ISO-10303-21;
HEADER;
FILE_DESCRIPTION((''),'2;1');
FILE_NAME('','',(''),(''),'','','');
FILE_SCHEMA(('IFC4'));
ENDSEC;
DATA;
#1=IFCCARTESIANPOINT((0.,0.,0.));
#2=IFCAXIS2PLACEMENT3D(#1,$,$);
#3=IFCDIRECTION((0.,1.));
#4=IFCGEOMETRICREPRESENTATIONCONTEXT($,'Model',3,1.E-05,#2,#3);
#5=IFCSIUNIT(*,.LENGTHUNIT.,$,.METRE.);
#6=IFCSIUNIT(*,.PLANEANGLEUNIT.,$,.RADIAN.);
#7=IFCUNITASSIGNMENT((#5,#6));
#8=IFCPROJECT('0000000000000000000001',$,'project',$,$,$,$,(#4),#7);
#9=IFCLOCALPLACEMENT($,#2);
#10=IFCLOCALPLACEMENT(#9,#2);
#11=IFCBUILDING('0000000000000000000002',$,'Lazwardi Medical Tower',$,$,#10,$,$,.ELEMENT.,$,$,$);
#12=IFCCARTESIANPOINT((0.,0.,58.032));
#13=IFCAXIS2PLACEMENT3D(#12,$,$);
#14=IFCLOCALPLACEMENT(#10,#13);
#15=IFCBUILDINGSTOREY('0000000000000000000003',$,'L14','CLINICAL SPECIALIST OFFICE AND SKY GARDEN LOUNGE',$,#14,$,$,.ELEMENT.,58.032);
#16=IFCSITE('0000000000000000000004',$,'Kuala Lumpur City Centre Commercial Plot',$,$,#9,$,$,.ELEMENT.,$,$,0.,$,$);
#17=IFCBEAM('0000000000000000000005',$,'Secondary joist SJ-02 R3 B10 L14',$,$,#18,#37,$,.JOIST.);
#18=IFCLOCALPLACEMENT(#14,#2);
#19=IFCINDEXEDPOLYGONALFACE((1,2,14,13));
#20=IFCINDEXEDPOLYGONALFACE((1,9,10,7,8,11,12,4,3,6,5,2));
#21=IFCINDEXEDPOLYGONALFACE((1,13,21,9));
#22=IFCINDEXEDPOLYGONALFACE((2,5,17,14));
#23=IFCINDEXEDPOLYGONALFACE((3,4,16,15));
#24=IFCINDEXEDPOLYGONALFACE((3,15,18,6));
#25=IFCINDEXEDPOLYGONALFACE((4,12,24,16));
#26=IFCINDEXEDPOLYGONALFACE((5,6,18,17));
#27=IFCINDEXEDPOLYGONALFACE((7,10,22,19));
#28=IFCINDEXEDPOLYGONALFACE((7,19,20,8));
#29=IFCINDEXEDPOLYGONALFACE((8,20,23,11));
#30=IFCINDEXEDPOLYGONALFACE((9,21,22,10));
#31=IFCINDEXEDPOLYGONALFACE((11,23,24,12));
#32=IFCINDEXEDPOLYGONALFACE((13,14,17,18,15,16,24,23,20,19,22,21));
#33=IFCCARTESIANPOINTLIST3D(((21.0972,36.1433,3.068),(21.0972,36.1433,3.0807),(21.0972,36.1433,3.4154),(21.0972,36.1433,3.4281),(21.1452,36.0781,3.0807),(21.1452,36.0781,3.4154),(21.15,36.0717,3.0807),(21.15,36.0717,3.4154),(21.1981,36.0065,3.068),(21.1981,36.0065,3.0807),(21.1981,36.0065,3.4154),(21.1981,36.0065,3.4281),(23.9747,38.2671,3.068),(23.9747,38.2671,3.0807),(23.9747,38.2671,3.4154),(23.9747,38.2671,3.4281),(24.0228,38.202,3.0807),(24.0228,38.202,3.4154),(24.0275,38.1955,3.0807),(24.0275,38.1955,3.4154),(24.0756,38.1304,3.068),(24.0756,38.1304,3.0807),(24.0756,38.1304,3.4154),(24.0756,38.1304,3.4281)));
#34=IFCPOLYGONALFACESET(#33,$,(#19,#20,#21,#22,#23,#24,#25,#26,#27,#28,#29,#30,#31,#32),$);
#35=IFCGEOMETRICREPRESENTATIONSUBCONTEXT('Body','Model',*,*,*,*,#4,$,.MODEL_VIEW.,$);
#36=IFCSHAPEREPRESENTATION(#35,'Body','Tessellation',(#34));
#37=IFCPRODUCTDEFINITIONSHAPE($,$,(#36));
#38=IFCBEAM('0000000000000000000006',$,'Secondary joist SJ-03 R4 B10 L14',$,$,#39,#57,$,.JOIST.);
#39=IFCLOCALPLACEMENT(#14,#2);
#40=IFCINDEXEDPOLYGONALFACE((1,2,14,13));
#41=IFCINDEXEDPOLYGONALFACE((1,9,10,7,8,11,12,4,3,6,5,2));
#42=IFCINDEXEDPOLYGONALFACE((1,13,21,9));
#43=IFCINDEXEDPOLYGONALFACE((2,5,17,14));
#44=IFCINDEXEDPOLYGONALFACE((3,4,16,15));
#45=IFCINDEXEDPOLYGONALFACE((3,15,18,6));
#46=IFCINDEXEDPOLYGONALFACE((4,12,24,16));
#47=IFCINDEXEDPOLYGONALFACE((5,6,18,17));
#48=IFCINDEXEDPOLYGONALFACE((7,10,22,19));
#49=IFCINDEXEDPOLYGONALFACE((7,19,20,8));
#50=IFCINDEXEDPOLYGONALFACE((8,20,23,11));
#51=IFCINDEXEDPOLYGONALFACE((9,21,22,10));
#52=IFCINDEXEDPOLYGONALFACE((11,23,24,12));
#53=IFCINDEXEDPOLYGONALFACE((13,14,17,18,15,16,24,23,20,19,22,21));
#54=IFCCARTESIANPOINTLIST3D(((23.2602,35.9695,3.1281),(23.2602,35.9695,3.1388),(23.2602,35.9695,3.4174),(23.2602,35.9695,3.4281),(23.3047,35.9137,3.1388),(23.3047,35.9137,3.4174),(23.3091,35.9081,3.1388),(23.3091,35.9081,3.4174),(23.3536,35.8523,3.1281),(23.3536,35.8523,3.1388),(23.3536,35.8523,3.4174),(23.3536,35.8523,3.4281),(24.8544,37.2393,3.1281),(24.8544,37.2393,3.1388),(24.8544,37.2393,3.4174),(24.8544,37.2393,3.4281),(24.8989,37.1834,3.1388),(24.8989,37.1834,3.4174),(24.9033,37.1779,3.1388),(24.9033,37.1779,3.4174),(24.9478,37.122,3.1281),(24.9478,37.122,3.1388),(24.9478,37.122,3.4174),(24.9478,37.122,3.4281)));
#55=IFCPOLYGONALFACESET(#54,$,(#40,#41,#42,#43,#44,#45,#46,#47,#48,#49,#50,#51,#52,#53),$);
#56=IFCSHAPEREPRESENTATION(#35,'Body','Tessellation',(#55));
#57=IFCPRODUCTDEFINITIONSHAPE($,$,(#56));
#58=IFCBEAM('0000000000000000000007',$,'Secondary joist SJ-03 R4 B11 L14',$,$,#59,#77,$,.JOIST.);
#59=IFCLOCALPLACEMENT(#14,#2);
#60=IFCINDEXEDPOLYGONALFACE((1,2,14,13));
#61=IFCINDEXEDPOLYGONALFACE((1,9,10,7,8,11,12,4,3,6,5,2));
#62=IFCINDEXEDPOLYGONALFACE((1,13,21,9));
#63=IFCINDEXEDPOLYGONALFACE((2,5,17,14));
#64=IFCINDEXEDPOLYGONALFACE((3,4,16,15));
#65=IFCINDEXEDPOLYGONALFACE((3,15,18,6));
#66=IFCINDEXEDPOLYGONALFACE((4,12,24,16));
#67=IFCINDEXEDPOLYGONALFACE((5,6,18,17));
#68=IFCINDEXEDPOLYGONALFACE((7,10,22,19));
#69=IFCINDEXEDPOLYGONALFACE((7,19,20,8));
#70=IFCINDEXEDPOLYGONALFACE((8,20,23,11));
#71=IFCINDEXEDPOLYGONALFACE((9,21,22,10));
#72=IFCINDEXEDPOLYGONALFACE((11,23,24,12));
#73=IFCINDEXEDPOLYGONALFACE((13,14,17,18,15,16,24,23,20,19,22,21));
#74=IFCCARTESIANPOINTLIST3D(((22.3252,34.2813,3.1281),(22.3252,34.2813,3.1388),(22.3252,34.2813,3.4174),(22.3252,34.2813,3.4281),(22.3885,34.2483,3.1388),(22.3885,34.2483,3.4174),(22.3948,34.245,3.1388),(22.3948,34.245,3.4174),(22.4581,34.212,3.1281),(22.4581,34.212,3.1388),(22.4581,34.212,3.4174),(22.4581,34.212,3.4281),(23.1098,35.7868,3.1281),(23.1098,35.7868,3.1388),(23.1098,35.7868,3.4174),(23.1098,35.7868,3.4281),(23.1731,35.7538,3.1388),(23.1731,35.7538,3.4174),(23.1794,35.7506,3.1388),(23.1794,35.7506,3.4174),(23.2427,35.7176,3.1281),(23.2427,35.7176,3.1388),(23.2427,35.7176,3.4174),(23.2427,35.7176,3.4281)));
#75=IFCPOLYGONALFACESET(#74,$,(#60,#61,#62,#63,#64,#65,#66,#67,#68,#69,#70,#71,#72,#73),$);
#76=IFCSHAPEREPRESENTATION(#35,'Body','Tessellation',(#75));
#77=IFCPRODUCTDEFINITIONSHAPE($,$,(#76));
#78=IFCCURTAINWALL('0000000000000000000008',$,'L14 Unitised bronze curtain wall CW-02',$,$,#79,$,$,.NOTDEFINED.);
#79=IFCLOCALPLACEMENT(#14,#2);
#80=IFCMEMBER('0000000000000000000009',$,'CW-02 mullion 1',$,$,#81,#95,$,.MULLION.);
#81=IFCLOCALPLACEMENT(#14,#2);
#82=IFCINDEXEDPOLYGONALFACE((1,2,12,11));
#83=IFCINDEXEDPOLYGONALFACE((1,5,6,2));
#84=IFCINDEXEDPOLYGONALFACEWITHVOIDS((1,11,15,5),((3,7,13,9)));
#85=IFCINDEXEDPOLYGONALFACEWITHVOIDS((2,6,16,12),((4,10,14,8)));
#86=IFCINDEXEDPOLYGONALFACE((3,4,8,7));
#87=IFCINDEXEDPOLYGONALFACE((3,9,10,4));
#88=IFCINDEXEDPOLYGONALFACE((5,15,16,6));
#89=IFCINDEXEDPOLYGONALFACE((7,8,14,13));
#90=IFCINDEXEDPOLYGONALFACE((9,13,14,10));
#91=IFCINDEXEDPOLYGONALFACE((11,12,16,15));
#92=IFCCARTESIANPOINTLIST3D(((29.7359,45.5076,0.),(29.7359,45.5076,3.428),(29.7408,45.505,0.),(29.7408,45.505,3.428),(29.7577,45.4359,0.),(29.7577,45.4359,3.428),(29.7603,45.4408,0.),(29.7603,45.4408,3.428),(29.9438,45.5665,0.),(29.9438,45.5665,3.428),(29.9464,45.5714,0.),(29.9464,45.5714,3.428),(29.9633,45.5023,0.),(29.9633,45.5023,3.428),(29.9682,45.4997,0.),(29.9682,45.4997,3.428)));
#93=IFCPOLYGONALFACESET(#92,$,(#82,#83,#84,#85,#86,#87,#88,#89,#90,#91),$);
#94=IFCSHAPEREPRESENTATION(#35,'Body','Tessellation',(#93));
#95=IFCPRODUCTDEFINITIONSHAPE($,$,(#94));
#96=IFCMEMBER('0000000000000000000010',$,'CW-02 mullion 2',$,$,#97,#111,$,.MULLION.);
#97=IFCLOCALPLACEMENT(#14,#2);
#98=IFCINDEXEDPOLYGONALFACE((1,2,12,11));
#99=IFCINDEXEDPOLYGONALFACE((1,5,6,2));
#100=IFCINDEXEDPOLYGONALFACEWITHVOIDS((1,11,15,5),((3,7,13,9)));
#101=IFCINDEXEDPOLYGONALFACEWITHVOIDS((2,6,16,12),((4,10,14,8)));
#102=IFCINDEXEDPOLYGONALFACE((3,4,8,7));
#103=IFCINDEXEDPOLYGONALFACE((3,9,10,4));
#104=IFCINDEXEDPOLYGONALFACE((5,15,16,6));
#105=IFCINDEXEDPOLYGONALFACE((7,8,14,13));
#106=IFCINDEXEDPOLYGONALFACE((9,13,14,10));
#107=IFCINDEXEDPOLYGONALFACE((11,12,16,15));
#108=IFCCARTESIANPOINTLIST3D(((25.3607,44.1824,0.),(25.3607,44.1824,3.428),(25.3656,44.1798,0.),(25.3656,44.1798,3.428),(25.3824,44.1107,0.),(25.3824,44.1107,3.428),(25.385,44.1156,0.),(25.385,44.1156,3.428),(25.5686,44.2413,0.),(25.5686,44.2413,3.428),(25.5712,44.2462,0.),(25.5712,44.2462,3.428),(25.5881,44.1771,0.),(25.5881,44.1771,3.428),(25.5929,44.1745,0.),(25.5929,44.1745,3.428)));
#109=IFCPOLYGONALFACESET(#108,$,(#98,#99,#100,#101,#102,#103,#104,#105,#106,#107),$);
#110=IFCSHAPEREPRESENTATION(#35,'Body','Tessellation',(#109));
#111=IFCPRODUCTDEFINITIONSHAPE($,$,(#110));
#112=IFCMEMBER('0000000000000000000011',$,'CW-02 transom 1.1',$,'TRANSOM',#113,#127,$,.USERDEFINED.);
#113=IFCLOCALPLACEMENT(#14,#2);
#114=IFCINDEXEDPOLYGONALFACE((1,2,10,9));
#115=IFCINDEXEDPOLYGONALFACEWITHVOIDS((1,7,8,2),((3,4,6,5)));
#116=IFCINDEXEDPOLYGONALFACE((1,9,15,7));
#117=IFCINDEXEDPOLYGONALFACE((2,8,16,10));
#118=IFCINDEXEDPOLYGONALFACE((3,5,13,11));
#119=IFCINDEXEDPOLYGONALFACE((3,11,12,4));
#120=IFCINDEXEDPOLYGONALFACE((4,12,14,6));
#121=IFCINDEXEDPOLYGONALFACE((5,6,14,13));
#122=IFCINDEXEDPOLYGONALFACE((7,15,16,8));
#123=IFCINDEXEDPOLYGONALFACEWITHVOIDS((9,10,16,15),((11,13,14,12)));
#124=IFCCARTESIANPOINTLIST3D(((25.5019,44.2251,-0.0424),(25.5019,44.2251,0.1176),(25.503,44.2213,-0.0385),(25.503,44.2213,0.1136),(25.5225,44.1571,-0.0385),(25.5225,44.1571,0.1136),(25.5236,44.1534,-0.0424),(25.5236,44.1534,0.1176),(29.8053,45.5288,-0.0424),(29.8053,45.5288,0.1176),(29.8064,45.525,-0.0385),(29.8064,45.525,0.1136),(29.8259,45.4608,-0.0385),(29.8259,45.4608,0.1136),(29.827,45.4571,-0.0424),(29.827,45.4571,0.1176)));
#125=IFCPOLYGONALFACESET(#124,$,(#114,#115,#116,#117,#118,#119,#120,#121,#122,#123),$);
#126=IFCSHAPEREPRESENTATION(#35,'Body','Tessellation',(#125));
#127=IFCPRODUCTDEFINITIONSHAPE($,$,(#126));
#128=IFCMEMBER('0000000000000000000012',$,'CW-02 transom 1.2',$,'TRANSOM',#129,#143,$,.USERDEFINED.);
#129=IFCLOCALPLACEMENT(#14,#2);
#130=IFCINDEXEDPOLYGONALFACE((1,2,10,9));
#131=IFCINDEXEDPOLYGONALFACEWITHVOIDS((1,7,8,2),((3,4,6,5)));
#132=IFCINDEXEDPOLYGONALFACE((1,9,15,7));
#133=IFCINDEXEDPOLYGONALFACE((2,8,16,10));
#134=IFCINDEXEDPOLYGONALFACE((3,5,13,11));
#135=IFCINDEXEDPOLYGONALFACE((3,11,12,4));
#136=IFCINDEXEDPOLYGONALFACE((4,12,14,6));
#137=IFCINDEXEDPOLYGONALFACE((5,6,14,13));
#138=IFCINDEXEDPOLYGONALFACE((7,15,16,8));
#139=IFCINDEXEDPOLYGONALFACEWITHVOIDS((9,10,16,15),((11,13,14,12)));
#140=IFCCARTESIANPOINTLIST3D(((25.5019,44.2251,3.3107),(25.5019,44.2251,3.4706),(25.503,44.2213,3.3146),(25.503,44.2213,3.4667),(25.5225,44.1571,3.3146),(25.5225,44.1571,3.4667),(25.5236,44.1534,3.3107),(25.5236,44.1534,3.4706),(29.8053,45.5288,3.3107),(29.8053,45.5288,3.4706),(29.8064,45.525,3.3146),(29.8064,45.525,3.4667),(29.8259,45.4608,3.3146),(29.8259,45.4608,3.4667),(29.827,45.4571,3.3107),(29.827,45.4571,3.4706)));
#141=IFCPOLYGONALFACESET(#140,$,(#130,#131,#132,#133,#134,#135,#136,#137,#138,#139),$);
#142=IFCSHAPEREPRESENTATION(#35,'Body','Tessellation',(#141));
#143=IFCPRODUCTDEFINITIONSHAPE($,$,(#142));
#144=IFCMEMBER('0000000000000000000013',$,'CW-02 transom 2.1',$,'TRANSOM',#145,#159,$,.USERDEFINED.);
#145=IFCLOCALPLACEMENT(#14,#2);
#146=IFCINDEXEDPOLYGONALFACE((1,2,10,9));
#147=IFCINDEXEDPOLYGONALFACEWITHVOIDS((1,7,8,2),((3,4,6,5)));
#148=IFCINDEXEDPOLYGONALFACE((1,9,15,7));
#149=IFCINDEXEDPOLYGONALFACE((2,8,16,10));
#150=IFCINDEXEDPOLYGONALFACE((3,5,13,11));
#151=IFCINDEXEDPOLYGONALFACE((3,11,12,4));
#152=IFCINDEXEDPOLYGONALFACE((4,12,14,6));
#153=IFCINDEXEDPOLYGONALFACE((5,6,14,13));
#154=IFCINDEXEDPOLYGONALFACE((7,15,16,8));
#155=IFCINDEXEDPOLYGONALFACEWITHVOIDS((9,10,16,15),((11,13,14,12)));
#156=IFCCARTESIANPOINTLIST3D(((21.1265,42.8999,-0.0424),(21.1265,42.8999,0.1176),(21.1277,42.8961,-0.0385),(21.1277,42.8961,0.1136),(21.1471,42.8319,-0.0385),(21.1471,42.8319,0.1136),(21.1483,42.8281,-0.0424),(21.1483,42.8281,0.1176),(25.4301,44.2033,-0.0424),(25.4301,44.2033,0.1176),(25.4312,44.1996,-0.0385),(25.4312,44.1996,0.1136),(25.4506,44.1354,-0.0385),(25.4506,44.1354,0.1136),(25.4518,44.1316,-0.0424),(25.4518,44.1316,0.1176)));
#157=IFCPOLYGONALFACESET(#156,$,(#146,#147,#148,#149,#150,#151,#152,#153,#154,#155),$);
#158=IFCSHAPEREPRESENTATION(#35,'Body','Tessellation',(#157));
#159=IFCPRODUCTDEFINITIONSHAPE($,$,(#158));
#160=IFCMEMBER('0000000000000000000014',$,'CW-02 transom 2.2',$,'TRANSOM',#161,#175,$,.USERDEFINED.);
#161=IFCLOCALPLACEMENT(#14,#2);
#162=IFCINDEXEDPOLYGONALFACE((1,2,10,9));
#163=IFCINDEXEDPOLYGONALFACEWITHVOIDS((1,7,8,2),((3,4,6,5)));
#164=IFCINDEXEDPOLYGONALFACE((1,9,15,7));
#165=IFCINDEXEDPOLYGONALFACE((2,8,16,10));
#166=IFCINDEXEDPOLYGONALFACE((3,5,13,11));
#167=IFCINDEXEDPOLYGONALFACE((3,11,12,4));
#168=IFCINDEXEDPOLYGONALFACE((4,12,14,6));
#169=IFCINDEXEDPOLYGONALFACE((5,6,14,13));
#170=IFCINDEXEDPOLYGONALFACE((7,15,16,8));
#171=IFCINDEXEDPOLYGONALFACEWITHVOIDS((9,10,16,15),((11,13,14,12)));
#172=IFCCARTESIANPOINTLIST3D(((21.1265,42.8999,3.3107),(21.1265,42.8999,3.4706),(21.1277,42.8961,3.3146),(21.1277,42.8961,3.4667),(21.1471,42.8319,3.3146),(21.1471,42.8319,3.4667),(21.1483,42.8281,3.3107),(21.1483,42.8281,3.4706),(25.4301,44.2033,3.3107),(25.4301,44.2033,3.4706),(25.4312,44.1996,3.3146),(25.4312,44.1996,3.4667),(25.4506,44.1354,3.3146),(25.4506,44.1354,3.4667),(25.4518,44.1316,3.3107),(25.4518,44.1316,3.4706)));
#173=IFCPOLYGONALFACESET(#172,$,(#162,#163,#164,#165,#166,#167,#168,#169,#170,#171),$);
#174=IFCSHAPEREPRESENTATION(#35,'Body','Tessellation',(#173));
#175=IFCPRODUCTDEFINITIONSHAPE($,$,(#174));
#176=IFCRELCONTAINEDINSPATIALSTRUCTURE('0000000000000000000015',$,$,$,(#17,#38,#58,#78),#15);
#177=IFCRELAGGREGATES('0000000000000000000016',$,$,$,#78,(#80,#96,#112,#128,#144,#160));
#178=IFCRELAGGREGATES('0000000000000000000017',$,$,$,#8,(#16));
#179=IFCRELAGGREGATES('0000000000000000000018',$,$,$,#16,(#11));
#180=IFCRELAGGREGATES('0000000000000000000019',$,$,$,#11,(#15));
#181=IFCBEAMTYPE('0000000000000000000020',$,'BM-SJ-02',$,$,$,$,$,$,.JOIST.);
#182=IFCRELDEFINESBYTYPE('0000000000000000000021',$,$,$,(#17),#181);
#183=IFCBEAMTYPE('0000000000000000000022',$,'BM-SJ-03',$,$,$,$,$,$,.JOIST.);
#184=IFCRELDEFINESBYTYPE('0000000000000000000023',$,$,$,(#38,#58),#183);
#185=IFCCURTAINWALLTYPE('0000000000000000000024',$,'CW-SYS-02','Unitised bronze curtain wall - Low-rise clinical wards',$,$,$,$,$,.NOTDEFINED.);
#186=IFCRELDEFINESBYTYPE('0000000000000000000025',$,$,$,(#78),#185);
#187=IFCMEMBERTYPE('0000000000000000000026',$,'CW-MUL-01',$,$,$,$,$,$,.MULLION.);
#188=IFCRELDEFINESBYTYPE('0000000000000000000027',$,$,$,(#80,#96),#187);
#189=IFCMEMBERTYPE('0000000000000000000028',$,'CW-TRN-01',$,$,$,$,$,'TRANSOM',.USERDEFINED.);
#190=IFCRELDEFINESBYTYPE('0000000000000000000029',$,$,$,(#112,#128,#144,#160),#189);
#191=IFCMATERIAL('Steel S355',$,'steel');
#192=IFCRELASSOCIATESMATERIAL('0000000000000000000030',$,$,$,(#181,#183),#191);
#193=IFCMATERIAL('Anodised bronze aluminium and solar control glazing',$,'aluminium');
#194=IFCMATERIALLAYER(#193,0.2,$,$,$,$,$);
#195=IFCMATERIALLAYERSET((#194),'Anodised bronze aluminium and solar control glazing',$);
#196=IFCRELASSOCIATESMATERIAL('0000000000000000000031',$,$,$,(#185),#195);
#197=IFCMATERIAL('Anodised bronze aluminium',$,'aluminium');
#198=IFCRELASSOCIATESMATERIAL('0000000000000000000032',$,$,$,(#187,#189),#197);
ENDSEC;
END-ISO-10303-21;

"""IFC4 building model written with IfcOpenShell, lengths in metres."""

from ifc_helpers import new_model, si_unit, direction, frame, origin, origin_2d, place, context, subcontext, project, spatial, hollow_rectangle, i_section, extrude, material, layer, layer_set, material_profile, profile_set, type_object, element, aggregate, save


model = new_model("IFC4")

# Units and contexts
model_context = context("Model", 3, precision=1e-05, world=origin(), true_north=direction((0.0, 1.0)))
body_context = subcontext(model_context, "Body", "Model", "MODEL_VIEW")
ifc_project = project(units=[si_unit("LENGTHUNIT", "METRE"), si_unit("PLANEANGLEUNIT", "RADIAN")], contexts=[model_context])

# Site, building, storey
site_placement = place(None, origin())
site = spatial("IfcSite", under=ifc_project, at=site_placement, Name="Kuala Lumpur City Centre Commercial Plot", CompositionType="ELEMENT", RefElevation=0.0)
building_placement = place(site_placement, origin())
building = spatial("IfcBuilding", under=site, at=building_placement, Name="Lazwardi Medical Tower", CompositionType="ELEMENT")
storey_placement = place(building_placement, frame((0.0, 0.0, 58.032)))
storey = spatial("IfcBuildingStorey", under=building, at=storey_placement, Name="L14", Description="CLINICAL SPECIALIST OFFICE AND SKY GARDEN LOUNGE", CompositionType="ELEMENT", Elevation=58.032)

# Beams
ifc_material_1 = material(Name="Steel S355", Category="steel")
ifc_material_profile_1 = material_profile(ifc_material_1, i_section(OverallWidth=0.1699, OverallDepth=0.3601, WebThickness=0.0081, FlangeThickness=0.0127, at=origin_2d()), Name="IPE 360")
ifc_profile_set_1 = profile_set([ifc_material_profile_1], Name="Steel S355")
beam_type_1 = type_object("IfcBeamType", Name="BM-SJ-02", PredefinedType="JOIST", material=ifc_profile_set_1)
beam_1_placement = place(storey_placement, frame((24.0251, 38.1987, 3.248), z_axis=(-0.80458, -0.593844, 0.0), x_axis=(0.593844, -0.80458, 0.0)))
element("IfcBeam", 1, at=beam_1_placement, inside=storey, type_object=beam_type_1, Name="Secondary joist SJ-02 R3 B10 L14", PredefinedType="JOIST", context=body_context, shape_type="SweptSolid", body=[
    extrude(i_section(OverallWidth=0.1699, OverallDepth=0.3601, WebThickness=0.0081, FlangeThickness=0.0127, at=origin_2d()), origin(), (0.0, 0.0, 1.0), 3.5764),
])
ifc_material_profile_2 = material_profile(ifc_material_1, i_section(OverallWidth=0.1499, OverallDepth=0.3, WebThickness=0.0071, FlangeThickness=0.0107, at=origin_2d()), Name="IPE 300")
ifc_profile_set_2 = profile_set([ifc_material_profile_2], Name="Steel S355")
beam_type_2 = type_object("IfcBeamType", Name="BM-SJ-03", PredefinedType="JOIST", material=ifc_profile_set_2)
beam_2_placement = place(storey_placement, frame((24.9011, 37.1807, 3.2781), z_axis=(-0.782211, -0.623014, 0.0), x_axis=(0.623014, -0.782211, 0.0)))
element("IfcBeam", 2, at=beam_2_placement, inside=storey, type_object=beam_type_2, Name="Secondary joist SJ-03 R4 B10 L14", PredefinedType="JOIST", context=body_context, shape_type="SweptSolid", body=[
    extrude(i_section(OverallWidth=0.1499, OverallDepth=0.3, WebThickness=0.0071, FlangeThickness=0.0107, at=origin_2d()), origin(), (0.0, 0.0, 1.0), 2.0381),
])
beam_3_placement = place(storey_placement, frame((23.1763, 35.7522, 3.2781), z_axis=(-0.462163, -0.886795, 0.0), x_axis=(0.886795, -0.462163, 0.0)))
element("IfcBeam", 3, at=beam_3_placement, inside=storey, type_object=beam_type_2, Name="Secondary joist SJ-03 R4 B11 L14", PredefinedType="JOIST", context=body_context, shape_type="SweptSolid", body=[
    extrude(i_section(OverallWidth=0.1499, OverallDepth=0.3, WebThickness=0.0071, FlangeThickness=0.0107, at=origin_2d()), origin(), (0.0, 0.0, 1.0), 1.6978),
])

# Curtain wall, members
ifc_material_2 = material(Name="Anodised bronze aluminium and solar control glazing", Category="aluminium")
ifc_layer_1 = layer(ifc_material_2, 0.2)
ifc_layer_set_1 = layer_set([ifc_layer_1], Name="Anodised bronze aluminium and solar control glazing")
curtain_wall_type = type_object("IfcCurtainWallType", Name="CW-SYS-02", Description="Unitised bronze curtain wall - Low-rise clinical wards", PredefinedType="NOTDEFINED", material=ifc_layer_set_1)
curtain_wall_placement = place(storey_placement, origin())
curtain_wall = element("IfcCurtainWall", 4, at=curtain_wall_placement, inside=storey, type_object=curtain_wall_type, Name="L14 Unitised bronze curtain wall CW-02", PredefinedType="NOTDEFINED")
ifc_material_3 = material(Name="Anodised bronze aluminium", Category="aluminium")
ifc_material_profile_3 = material_profile(ifc_material_3, hollow_rectangle(XDim=0.075, YDim=0.22, WallThickness=0.0039, at=origin_2d()), Name="ALU-MULLION 220x75x4")
ifc_profile_set_3 = profile_set([ifc_material_profile_3], Name="Anodised bronze aluminium")
member_type_1 = type_object("IfcMemberType", Name="CW-MUL-01", PredefinedType="MULLION", material=ifc_profile_set_3)
member_1_placement = place(storey_placement, frame((29.8521, 45.5037, 0.0), z_axis=(0.0, 0.0, 1.0), x_axis=(0.289896, -0.957058, 0.0)))
member_1 = element("IfcMember", 5, at=member_1_placement, type_object=member_type_1, Name="CW-02 mullion 1", PredefinedType="MULLION", context=body_context, shape_type="SweptSolid", body=[
    extrude(hollow_rectangle(XDim=0.075, YDim=0.22, WallThickness=0.0039, at=origin_2d()), origin(), (0.0, 0.0, 1.0), 3.428),
])
member_2_placement = place(storey_placement, frame((25.4768, 44.1785, 0.0), z_axis=(0.0, 0.0, 1.0), x_axis=(0.289896, -0.957058, 0.0)))
member_2 = element("IfcMember", 6, at=member_2_placement, type_object=member_type_1, Name="CW-02 mullion 2", PredefinedType="MULLION", context=body_context, shape_type="SweptSolid", body=[
    extrude(hollow_rectangle(XDim=0.075, YDim=0.22, WallThickness=0.0039, at=origin_2d()), origin(), (0.0, 0.0, 1.0), 3.428),
])
ifc_material_profile_4 = material_profile(ifc_material_3, hollow_rectangle(XDim=0.075, YDim=0.1599, WallThickness=0.0039, at=origin_2d()), Name="ALU-TRANSOM 160x75x4")
ifc_profile_set_4 = profile_set([ifc_material_profile_4], Name="Anodised bronze aluminium")
member_type_2 = type_object("IfcMemberType", Name="CW-TRN-01", ElementType="TRANSOM", PredefinedType="USERDEFINED", material=ifc_profile_set_4)
member_3_placement = place(storey_placement, frame((29.8162, 45.4929, 0.0376), z_axis=(-0.957047, -0.289932, 0.0), x_axis=(0.289932, -0.957047, 0.0)))
member_3 = element("IfcMember", 7, at=member_3_placement, type_object=member_type_2, Name="CW-02 transom 1.1", ObjectType="TRANSOM", PredefinedType="USERDEFINED", context=body_context, shape_type="SweptSolid", body=[
    extrude(hollow_rectangle(XDim=0.075, YDim=0.1599, WallThickness=0.0039, at=origin_2d()), origin(), (0.0, 0.0, 1.0), 4.4966),
])
member_4_placement = place(storey_placement, frame((29.8162, 45.4929, 3.3906), z_axis=(-0.957047, -0.289932, 0.0), x_axis=(0.289932, -0.957047, 0.0)))
member_4 = element("IfcMember", 8, at=member_4_placement, type_object=member_type_2, Name="CW-02 transom 1.2", ObjectType="TRANSOM", PredefinedType="USERDEFINED", context=body_context, shape_type="SweptSolid", body=[
    extrude(hollow_rectangle(XDim=0.075, YDim=0.1599, WallThickness=0.0039, at=origin_2d()), origin(), (0.0, 0.0, 1.0), 4.4966),
])
member_5_placement = place(storey_placement, frame((25.4409, 44.1675, 0.0376), z_axis=(-0.957062, -0.289882, 0.0), x_axis=(0.289882, -0.957062, 0.0)))
member_5 = element("IfcMember", 9, at=member_5_placement, type_object=member_type_2, Name="CW-02 transom 2.1", ObjectType="TRANSOM", PredefinedType="USERDEFINED", context=body_context, shape_type="SweptSolid", body=[
    extrude(hollow_rectangle(XDim=0.075, YDim=0.1599, WallThickness=0.0039, at=origin_2d()), origin(), (0.0, 0.0, 1.0), 4.4966),
])
member_6_placement = place(storey_placement, frame((25.4409, 44.1675, 3.3906), z_axis=(-0.957062, -0.289882, 0.0), x_axis=(0.289882, -0.957062, 0.0)))
member_6 = element("IfcMember", 10, at=member_6_placement, type_object=member_type_2, Name="CW-02 transom 2.2", ObjectType="TRANSOM", PredefinedType="USERDEFINED", context=body_context, shape_type="SweptSolid", body=[
    extrude(hollow_rectangle(XDim=0.075, YDim=0.1599, WallThickness=0.0039, at=origin_2d()), origin(), (0.0, 0.0, 1.0), 4.4966),
])
aggregate(curtain_wall, [member_1, member_2, member_3, member_4, member_5, member_6])

save(model, "model.ifc")
